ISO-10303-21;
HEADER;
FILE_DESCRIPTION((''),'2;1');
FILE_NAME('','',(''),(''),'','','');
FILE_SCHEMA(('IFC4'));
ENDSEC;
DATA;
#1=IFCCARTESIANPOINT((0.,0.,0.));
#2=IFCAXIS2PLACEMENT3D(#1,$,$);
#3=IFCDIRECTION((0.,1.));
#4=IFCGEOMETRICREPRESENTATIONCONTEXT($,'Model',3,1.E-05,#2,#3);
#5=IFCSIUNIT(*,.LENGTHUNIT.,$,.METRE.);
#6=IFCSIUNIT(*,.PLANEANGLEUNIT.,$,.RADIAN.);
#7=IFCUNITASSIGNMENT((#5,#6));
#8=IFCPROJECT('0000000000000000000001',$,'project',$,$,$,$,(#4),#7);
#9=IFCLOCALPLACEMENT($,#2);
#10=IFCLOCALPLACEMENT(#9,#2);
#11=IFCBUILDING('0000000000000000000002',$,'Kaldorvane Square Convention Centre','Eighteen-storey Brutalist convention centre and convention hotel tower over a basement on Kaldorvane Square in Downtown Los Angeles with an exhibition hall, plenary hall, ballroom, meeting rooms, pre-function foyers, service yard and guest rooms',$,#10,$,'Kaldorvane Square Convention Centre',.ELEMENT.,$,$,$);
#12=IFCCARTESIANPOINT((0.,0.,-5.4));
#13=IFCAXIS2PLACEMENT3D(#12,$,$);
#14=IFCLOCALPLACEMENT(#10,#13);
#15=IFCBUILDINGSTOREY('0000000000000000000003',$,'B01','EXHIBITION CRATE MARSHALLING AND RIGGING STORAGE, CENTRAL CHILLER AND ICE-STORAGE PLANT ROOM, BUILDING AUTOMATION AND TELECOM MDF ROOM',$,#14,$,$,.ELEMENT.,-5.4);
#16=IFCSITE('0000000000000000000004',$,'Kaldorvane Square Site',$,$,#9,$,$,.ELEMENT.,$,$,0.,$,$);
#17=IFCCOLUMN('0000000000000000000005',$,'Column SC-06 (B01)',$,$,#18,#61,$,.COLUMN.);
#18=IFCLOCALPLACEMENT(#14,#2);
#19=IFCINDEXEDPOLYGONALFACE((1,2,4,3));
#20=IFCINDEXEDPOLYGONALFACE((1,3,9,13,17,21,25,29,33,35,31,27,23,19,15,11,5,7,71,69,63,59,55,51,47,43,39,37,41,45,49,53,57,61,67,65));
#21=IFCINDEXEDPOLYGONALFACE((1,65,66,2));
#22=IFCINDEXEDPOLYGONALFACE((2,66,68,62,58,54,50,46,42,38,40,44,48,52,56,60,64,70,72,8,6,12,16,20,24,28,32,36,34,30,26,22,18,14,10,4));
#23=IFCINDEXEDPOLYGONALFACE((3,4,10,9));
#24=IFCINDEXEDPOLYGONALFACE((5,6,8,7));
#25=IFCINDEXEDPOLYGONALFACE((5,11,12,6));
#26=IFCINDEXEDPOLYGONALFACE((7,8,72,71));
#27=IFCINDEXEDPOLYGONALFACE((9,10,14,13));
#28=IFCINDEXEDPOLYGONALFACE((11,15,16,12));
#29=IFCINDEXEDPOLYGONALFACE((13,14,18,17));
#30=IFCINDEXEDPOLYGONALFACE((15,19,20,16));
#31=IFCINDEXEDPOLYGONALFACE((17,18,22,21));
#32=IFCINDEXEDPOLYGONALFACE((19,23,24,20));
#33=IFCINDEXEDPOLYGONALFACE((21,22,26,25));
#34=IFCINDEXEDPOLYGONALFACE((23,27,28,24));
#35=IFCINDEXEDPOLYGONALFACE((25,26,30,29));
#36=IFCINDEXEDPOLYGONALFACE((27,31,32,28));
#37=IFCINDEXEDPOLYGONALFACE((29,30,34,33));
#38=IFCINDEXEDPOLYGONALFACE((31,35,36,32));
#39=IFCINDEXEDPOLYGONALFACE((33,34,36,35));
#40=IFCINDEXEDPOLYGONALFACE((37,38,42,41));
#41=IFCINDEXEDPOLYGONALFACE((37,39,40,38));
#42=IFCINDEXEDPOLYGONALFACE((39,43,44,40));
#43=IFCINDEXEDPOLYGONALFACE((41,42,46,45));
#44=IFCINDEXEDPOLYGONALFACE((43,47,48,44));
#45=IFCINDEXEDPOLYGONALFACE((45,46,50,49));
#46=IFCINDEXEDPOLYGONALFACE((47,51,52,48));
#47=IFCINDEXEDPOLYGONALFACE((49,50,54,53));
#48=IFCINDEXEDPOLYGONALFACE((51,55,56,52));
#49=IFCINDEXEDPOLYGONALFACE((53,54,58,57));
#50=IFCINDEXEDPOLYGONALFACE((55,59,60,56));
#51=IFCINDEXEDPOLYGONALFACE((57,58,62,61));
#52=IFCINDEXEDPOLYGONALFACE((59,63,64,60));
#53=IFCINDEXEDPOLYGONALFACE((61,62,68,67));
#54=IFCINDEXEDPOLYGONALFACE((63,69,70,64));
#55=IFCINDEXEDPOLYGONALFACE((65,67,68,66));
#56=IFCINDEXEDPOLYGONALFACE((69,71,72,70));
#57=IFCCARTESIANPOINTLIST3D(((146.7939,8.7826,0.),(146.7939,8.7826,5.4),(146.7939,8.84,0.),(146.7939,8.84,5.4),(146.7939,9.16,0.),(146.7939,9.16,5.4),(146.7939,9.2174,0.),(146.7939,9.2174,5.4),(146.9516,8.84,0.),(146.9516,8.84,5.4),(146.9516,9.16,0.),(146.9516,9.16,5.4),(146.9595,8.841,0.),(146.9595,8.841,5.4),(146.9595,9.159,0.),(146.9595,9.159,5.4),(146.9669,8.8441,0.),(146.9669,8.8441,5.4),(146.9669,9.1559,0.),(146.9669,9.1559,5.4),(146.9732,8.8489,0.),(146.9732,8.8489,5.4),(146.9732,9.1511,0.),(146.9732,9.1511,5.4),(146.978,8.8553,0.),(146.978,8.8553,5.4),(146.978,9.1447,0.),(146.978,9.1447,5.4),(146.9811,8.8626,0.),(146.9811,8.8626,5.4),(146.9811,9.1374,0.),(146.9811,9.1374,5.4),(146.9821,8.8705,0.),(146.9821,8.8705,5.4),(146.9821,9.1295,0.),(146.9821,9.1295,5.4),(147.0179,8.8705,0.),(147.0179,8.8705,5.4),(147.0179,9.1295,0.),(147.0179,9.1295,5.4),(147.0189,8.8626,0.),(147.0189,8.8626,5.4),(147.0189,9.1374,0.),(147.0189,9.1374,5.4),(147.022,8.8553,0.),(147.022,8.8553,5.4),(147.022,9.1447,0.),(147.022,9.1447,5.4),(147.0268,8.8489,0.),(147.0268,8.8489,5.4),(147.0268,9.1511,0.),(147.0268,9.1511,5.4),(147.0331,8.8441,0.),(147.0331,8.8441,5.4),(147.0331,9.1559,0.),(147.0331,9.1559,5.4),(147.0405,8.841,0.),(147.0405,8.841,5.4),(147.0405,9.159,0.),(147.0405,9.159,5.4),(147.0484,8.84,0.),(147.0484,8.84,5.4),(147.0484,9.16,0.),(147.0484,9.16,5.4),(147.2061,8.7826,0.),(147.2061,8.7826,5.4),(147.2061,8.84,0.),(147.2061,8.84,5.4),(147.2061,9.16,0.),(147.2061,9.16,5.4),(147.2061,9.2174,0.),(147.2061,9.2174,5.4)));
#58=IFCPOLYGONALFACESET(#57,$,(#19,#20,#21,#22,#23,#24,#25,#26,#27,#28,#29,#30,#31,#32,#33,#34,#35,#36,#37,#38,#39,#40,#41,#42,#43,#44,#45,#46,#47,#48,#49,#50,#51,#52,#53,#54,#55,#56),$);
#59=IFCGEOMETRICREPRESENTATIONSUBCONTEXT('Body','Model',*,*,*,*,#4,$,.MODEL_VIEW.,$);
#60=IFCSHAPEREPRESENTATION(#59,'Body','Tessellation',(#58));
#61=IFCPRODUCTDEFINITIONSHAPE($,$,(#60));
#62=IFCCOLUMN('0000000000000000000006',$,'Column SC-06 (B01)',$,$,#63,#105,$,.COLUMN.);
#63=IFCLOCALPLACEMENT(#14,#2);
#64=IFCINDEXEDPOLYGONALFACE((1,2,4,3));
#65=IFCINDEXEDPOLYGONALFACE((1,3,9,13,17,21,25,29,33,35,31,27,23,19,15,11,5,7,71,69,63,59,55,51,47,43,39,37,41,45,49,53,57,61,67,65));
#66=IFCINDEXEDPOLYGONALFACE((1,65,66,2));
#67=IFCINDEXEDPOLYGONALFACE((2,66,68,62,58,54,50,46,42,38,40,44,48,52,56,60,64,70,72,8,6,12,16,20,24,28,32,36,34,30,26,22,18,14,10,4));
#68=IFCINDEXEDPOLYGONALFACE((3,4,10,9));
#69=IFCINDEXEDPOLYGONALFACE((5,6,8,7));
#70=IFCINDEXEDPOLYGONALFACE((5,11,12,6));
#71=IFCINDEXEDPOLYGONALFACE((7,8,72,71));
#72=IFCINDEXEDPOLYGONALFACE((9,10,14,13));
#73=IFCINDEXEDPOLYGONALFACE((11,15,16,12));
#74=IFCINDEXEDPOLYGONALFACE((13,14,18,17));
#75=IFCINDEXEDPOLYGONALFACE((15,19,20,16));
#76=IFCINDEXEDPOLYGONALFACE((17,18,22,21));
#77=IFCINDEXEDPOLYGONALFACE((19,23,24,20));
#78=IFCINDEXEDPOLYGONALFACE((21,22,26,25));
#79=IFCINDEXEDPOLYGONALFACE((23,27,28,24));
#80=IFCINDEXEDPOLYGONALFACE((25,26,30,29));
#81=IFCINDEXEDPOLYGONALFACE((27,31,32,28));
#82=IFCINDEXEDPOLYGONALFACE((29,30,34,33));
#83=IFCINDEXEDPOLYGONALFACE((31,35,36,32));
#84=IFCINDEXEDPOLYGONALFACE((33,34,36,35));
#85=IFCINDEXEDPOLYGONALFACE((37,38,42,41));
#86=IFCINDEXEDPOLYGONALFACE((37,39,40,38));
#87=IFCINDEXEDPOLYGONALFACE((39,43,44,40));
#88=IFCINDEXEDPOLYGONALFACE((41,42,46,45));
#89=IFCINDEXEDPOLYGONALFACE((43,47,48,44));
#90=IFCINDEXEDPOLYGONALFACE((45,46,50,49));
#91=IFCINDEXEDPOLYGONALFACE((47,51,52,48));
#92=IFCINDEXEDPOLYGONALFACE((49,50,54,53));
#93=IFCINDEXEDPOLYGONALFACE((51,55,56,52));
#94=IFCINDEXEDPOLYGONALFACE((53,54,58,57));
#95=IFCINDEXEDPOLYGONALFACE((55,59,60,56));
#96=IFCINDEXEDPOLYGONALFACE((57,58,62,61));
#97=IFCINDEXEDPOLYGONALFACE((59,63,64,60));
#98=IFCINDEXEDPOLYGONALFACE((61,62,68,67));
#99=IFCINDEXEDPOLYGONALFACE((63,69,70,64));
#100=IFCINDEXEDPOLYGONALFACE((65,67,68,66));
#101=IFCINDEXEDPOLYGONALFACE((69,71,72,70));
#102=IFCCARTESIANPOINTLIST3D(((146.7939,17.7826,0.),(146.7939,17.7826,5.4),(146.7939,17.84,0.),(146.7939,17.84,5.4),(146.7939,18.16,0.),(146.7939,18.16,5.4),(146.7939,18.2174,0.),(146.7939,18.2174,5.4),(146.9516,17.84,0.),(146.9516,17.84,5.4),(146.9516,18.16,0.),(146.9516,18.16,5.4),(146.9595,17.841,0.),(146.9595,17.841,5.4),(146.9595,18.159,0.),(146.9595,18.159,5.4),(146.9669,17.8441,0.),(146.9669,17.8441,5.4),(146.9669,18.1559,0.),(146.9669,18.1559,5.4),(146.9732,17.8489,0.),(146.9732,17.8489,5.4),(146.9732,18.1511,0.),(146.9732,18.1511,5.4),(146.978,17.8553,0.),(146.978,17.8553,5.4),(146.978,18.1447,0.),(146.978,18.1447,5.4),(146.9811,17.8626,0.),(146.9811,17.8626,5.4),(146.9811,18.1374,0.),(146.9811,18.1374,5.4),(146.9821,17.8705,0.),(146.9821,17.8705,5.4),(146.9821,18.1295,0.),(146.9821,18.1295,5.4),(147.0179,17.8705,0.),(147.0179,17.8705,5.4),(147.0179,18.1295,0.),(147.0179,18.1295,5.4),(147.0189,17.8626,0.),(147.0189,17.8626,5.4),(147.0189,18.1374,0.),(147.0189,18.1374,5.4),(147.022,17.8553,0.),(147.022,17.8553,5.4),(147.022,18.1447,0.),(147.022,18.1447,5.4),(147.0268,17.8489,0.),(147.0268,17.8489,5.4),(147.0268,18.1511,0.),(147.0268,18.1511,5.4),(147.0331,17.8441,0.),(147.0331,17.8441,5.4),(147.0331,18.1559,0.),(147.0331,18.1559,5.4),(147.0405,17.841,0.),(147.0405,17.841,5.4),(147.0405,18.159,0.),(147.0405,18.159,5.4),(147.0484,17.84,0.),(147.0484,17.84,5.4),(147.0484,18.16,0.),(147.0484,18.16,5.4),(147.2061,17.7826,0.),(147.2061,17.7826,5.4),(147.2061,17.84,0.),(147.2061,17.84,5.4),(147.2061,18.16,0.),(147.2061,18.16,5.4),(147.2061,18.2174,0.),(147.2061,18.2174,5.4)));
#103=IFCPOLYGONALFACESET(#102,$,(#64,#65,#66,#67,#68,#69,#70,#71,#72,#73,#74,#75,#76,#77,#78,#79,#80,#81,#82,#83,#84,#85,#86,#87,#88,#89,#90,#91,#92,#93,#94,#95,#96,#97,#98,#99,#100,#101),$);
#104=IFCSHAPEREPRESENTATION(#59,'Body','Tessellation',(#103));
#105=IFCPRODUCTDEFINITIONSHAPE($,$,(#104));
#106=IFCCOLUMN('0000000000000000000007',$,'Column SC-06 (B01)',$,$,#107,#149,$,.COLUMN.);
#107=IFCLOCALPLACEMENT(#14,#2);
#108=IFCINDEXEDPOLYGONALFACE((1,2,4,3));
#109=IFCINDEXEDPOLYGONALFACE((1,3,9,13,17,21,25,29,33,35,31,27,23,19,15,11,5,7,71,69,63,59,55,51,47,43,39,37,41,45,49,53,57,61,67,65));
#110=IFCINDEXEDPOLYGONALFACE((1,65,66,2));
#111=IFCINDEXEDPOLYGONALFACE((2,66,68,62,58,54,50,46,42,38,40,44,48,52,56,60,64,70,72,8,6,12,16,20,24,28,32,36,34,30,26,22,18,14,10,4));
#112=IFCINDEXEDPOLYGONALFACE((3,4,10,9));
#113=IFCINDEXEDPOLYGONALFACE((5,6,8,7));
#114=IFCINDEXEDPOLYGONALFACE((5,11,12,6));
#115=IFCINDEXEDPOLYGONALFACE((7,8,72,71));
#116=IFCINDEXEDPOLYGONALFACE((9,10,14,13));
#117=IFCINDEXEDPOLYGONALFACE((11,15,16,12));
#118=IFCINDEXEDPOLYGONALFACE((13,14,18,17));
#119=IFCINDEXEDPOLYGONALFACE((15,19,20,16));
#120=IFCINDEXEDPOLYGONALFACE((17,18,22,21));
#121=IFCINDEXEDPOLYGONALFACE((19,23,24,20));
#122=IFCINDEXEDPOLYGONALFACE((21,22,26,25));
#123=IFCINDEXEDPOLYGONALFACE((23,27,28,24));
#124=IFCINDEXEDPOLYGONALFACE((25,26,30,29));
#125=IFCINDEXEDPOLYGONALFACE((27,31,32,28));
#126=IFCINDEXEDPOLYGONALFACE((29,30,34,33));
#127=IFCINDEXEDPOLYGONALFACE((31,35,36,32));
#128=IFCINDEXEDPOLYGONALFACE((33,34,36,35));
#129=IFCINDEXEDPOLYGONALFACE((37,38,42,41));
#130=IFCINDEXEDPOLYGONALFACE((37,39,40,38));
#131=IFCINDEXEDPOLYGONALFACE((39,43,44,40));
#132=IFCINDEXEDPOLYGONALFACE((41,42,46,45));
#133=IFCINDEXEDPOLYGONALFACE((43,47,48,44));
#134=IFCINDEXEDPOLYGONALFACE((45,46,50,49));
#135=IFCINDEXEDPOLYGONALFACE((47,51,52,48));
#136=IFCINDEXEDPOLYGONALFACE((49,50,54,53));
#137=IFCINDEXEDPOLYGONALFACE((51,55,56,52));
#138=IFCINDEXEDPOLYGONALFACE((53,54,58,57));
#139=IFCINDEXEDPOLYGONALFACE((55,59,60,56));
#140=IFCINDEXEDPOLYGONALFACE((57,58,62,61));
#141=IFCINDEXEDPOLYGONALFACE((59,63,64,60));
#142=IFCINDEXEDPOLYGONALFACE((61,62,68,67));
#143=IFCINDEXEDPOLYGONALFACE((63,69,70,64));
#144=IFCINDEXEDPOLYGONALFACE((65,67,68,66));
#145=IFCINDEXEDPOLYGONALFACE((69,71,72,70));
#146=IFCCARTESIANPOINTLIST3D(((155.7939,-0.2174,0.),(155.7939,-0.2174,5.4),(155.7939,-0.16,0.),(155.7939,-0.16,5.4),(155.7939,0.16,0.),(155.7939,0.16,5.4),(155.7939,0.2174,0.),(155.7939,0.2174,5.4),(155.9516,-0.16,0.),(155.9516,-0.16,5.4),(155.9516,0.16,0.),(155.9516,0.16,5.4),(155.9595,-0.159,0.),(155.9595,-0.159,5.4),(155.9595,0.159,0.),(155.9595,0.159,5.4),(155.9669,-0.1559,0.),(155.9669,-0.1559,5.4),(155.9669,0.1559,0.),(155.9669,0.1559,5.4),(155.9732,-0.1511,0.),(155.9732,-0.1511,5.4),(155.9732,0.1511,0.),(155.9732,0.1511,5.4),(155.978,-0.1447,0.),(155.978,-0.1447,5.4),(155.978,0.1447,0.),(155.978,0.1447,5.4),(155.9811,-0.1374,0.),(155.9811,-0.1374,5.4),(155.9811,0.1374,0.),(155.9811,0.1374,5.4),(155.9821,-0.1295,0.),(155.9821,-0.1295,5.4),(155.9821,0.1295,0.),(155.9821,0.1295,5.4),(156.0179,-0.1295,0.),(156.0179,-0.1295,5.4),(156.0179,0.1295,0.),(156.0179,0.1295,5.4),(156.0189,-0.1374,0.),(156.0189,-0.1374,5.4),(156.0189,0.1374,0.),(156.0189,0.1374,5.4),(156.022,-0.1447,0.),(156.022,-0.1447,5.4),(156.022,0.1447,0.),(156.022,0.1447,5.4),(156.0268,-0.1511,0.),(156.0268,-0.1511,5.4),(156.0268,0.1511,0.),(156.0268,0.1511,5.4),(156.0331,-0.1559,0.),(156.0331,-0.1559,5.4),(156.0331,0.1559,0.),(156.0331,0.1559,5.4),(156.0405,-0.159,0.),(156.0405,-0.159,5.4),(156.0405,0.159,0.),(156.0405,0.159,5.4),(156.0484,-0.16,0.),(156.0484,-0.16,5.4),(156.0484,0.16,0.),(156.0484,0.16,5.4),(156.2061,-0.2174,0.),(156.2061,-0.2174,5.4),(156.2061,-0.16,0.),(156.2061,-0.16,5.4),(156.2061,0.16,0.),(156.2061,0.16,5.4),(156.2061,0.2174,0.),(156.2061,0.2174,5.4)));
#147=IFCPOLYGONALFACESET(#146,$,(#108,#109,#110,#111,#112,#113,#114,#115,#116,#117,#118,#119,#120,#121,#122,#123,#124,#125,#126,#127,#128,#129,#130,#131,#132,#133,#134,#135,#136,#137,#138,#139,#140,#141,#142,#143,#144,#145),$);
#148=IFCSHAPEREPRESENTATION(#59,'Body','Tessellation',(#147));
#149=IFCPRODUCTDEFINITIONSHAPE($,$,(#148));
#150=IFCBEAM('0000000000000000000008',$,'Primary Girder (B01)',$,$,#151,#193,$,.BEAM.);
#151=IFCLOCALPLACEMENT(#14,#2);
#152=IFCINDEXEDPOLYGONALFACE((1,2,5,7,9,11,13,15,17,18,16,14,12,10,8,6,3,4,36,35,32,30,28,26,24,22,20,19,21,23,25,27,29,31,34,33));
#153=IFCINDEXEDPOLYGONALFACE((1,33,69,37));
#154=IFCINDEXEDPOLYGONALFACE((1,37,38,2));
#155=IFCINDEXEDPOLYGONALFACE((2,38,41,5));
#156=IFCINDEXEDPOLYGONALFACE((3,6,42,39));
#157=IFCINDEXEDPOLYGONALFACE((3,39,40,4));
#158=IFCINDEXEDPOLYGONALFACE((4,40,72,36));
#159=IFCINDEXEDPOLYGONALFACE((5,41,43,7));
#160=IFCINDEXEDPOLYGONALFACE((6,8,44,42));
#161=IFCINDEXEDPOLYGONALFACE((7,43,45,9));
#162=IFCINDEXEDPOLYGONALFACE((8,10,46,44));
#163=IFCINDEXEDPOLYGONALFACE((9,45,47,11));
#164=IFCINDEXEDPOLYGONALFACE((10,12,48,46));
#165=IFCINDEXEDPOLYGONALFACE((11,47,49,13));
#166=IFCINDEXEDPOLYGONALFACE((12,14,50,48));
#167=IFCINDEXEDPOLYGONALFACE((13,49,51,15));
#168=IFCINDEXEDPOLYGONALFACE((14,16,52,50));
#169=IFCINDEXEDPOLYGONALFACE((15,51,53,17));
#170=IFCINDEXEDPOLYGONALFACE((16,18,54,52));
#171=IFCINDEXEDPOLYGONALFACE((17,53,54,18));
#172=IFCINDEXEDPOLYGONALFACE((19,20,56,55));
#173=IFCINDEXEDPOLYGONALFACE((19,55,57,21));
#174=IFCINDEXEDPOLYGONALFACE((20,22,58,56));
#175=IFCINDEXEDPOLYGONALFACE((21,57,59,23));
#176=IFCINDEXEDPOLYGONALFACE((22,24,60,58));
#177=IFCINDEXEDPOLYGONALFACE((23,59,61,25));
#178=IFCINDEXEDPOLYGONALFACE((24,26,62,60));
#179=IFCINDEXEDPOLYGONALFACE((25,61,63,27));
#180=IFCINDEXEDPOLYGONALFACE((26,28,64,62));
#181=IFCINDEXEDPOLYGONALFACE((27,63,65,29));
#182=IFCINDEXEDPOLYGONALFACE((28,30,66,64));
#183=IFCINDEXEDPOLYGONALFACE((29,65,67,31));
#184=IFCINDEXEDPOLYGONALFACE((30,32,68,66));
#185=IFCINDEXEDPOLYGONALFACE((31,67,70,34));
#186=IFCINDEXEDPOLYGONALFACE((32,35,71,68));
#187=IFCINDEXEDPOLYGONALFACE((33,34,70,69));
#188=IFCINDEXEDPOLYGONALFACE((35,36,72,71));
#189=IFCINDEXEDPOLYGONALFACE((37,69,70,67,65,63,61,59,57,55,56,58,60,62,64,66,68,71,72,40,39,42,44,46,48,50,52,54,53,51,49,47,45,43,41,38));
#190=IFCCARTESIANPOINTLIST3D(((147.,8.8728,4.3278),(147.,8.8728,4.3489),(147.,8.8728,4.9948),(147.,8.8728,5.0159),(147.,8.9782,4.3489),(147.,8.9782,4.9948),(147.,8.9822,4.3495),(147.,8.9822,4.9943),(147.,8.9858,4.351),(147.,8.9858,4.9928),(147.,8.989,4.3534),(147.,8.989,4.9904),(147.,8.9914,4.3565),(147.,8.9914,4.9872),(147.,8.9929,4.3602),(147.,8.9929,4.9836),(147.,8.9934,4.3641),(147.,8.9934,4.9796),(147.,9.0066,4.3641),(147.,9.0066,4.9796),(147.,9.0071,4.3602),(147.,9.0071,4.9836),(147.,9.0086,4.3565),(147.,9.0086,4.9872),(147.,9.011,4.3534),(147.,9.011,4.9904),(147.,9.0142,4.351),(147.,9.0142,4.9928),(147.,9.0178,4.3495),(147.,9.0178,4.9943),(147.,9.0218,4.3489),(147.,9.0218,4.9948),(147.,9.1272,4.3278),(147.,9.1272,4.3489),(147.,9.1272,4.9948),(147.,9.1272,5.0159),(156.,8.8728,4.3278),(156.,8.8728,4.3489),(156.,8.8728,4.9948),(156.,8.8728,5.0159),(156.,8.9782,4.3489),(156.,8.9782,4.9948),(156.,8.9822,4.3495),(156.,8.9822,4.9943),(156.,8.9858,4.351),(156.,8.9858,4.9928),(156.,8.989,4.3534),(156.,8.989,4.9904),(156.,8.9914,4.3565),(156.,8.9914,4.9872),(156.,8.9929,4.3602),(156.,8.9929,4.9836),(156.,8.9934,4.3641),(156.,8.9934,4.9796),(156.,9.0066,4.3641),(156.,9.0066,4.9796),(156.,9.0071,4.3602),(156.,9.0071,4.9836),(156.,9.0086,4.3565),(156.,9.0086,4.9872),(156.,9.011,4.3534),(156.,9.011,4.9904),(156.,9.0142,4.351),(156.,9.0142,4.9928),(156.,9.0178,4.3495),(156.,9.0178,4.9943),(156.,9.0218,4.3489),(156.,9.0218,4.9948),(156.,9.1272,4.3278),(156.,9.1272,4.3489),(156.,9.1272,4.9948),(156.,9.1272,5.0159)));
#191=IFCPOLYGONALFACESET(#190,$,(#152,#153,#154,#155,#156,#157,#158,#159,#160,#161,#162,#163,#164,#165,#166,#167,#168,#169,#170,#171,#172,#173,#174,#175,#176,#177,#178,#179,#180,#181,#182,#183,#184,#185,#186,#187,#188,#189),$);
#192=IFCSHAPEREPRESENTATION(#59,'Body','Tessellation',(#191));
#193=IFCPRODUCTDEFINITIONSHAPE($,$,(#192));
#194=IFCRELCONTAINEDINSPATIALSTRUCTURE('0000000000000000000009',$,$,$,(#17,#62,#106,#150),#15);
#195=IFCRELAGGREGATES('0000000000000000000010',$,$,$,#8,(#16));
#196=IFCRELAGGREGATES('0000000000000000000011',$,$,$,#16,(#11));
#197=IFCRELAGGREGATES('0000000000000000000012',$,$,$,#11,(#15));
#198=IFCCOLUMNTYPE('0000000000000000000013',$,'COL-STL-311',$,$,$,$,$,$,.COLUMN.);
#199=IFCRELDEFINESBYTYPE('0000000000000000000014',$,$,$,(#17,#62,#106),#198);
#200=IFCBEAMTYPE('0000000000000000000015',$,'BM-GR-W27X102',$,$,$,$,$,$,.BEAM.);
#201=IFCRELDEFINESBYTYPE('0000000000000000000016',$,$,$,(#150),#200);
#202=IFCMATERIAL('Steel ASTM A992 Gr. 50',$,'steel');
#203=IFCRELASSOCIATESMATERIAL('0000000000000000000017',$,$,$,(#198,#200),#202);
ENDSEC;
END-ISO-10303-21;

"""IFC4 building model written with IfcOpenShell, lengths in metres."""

from ifc_helpers import new_model, si_unit, direction, frame, origin, origin_2d, place, context, subcontext, project, spatial, i_section, extrude, material, material_profile, profile_set, type_object, element, save


model = new_model("IFC4")

# Units and contexts
model_context = context("Model", 3, precision=1e-05, world=origin(), true_north=direction((0.0, 1.0)))
body_context = subcontext(model_context, "Body", "Model", "MODEL_VIEW")
ifc_project = project(units=[si_unit("LENGTHUNIT", "METRE"), si_unit("PLANEANGLEUNIT", "RADIAN")], contexts=[model_context])

# Site, building, storey
site_placement = place(None, origin())
site = spatial("IfcSite", under=ifc_project, at=site_placement, Name="Kaldorvane Square Site", CompositionType="ELEMENT", RefElevation=0.0)
building_placement = place(site_placement, origin())
building = spatial("IfcBuilding", under=site, at=building_placement, Name="Kaldorvane Square Convention Centre", Description="Eighteen-storey Brutalist convention centre and convention hotel tower over a basement on Kaldorvane Square in Downtown Los Angeles with an exhibition hall, plenary hall, ballroom, meeting rooms, pre-function foyers, service yard and guest rooms", LongName="Kaldorvane Square Convention Centre", CompositionType="ELEMENT")
storey_placement = place(building_placement, frame((0.0, 0.0, -5.4)))
storey = spatial("IfcBuildingStorey", under=building, at=storey_placement, Name="B01", Description="EXHIBITION CRATE MARSHALLING AND RIGGING STORAGE, CENTRAL CHILLER AND ICE-STORAGE PLANT ROOM, BUILDING AUTOMATION AND TELECOM MDF ROOM", CompositionType="ELEMENT", Elevation=-5.4)

# Columns
ifc_material_1 = material(Name="Steel ASTM A992 Gr. 50", Category="steel")
ifc_material_profile_1 = material_profile(ifc_material_1, i_section(OverallWidth=0.4122, OverallDepth=0.4348, WebThickness=0.0358, FlangeThickness=0.0574, FilletRadius=0.0305, at=origin_2d()), Name="W14X311")
ifc_profile_set_1 = profile_set([ifc_material_profile_1], Name="Steel ASTM A992 Gr. 50")
column_type = type_object("IfcColumnType", Name="COL-STL-311", PredefinedType="COLUMN", material=ifc_profile_set_1)
for number, where, z_axis, x_axis, name in (
    (1, (147.0, 9.0, 0.0), (0.0, 0.0, 1.0), (1.0, 0.0, 0.0), "Column SC-06 (B01)"),
    (2, (147.0, 18.0, 0.0), (0.0, 0.0, 1.0), (1.0, 0.0, 0.0), "Column SC-06 (B01)"),
    (3, (156.0, 0.0, 0.0), (0.0, 0.0, 1.0), (1.0, 0.0, 0.0), "Column SC-06 (B01)"),
):
    element("IfcColumn", number, at=place(storey_placement, frame(where, z_axis=z_axis, x_axis=x_axis)), inside=storey, type_object=column_type, Name=name, PredefinedType="COLUMN", context=body_context, shape_type="SweptSolid", body=[
        extrude(i_section(OverallWidth=0.4122, OverallDepth=0.4348, WebThickness=0.0358, FlangeThickness=0.0574, FilletRadius=0.0305, at=origin_2d()), origin(), (0.0, 0.0, 1.0), 5.4),
    ])

# Beam
ifc_material_profile_2 = material_profile(ifc_material_1, i_section(OverallWidth=0.2544, OverallDepth=0.6881, WebThickness=0.0131, FlangeThickness=0.0211, FilletRadius=0.0152, at=origin_2d()), Name="W27X102")
ifc_profile_set_2 = profile_set([ifc_material_profile_2], Name="Steel ASTM A992 Gr. 50")
beam_type_1 = type_object("IfcBeamType", Name="BM-GR-W27X102", PredefinedType="BEAM", material=ifc_profile_set_2)
for number, where, z_axis, x_axis, name in (
    (4, (147.0, 9.0, 4.6719), (1.0, 0.0, 0.0), (0.0, 1.0, 0.0), "Primary Girder (B01)"),
):
    element("IfcBeam", number, at=place(storey_placement, frame(where, z_axis=z_axis, x_axis=x_axis)), inside=storey, type_object=beam_type_1, Name=name, PredefinedType="BEAM", context=body_context, shape_type="SweptSolid", body=[
        extrude(i_section(OverallWidth=0.2544, OverallDepth=0.6881, WebThickness=0.0131, FlangeThickness=0.0211, FilletRadius=0.0152, at=origin_2d()), origin(), (0.0, 0.0, 1.0), 9.0),
    ])

save(model, "model.ifc")
